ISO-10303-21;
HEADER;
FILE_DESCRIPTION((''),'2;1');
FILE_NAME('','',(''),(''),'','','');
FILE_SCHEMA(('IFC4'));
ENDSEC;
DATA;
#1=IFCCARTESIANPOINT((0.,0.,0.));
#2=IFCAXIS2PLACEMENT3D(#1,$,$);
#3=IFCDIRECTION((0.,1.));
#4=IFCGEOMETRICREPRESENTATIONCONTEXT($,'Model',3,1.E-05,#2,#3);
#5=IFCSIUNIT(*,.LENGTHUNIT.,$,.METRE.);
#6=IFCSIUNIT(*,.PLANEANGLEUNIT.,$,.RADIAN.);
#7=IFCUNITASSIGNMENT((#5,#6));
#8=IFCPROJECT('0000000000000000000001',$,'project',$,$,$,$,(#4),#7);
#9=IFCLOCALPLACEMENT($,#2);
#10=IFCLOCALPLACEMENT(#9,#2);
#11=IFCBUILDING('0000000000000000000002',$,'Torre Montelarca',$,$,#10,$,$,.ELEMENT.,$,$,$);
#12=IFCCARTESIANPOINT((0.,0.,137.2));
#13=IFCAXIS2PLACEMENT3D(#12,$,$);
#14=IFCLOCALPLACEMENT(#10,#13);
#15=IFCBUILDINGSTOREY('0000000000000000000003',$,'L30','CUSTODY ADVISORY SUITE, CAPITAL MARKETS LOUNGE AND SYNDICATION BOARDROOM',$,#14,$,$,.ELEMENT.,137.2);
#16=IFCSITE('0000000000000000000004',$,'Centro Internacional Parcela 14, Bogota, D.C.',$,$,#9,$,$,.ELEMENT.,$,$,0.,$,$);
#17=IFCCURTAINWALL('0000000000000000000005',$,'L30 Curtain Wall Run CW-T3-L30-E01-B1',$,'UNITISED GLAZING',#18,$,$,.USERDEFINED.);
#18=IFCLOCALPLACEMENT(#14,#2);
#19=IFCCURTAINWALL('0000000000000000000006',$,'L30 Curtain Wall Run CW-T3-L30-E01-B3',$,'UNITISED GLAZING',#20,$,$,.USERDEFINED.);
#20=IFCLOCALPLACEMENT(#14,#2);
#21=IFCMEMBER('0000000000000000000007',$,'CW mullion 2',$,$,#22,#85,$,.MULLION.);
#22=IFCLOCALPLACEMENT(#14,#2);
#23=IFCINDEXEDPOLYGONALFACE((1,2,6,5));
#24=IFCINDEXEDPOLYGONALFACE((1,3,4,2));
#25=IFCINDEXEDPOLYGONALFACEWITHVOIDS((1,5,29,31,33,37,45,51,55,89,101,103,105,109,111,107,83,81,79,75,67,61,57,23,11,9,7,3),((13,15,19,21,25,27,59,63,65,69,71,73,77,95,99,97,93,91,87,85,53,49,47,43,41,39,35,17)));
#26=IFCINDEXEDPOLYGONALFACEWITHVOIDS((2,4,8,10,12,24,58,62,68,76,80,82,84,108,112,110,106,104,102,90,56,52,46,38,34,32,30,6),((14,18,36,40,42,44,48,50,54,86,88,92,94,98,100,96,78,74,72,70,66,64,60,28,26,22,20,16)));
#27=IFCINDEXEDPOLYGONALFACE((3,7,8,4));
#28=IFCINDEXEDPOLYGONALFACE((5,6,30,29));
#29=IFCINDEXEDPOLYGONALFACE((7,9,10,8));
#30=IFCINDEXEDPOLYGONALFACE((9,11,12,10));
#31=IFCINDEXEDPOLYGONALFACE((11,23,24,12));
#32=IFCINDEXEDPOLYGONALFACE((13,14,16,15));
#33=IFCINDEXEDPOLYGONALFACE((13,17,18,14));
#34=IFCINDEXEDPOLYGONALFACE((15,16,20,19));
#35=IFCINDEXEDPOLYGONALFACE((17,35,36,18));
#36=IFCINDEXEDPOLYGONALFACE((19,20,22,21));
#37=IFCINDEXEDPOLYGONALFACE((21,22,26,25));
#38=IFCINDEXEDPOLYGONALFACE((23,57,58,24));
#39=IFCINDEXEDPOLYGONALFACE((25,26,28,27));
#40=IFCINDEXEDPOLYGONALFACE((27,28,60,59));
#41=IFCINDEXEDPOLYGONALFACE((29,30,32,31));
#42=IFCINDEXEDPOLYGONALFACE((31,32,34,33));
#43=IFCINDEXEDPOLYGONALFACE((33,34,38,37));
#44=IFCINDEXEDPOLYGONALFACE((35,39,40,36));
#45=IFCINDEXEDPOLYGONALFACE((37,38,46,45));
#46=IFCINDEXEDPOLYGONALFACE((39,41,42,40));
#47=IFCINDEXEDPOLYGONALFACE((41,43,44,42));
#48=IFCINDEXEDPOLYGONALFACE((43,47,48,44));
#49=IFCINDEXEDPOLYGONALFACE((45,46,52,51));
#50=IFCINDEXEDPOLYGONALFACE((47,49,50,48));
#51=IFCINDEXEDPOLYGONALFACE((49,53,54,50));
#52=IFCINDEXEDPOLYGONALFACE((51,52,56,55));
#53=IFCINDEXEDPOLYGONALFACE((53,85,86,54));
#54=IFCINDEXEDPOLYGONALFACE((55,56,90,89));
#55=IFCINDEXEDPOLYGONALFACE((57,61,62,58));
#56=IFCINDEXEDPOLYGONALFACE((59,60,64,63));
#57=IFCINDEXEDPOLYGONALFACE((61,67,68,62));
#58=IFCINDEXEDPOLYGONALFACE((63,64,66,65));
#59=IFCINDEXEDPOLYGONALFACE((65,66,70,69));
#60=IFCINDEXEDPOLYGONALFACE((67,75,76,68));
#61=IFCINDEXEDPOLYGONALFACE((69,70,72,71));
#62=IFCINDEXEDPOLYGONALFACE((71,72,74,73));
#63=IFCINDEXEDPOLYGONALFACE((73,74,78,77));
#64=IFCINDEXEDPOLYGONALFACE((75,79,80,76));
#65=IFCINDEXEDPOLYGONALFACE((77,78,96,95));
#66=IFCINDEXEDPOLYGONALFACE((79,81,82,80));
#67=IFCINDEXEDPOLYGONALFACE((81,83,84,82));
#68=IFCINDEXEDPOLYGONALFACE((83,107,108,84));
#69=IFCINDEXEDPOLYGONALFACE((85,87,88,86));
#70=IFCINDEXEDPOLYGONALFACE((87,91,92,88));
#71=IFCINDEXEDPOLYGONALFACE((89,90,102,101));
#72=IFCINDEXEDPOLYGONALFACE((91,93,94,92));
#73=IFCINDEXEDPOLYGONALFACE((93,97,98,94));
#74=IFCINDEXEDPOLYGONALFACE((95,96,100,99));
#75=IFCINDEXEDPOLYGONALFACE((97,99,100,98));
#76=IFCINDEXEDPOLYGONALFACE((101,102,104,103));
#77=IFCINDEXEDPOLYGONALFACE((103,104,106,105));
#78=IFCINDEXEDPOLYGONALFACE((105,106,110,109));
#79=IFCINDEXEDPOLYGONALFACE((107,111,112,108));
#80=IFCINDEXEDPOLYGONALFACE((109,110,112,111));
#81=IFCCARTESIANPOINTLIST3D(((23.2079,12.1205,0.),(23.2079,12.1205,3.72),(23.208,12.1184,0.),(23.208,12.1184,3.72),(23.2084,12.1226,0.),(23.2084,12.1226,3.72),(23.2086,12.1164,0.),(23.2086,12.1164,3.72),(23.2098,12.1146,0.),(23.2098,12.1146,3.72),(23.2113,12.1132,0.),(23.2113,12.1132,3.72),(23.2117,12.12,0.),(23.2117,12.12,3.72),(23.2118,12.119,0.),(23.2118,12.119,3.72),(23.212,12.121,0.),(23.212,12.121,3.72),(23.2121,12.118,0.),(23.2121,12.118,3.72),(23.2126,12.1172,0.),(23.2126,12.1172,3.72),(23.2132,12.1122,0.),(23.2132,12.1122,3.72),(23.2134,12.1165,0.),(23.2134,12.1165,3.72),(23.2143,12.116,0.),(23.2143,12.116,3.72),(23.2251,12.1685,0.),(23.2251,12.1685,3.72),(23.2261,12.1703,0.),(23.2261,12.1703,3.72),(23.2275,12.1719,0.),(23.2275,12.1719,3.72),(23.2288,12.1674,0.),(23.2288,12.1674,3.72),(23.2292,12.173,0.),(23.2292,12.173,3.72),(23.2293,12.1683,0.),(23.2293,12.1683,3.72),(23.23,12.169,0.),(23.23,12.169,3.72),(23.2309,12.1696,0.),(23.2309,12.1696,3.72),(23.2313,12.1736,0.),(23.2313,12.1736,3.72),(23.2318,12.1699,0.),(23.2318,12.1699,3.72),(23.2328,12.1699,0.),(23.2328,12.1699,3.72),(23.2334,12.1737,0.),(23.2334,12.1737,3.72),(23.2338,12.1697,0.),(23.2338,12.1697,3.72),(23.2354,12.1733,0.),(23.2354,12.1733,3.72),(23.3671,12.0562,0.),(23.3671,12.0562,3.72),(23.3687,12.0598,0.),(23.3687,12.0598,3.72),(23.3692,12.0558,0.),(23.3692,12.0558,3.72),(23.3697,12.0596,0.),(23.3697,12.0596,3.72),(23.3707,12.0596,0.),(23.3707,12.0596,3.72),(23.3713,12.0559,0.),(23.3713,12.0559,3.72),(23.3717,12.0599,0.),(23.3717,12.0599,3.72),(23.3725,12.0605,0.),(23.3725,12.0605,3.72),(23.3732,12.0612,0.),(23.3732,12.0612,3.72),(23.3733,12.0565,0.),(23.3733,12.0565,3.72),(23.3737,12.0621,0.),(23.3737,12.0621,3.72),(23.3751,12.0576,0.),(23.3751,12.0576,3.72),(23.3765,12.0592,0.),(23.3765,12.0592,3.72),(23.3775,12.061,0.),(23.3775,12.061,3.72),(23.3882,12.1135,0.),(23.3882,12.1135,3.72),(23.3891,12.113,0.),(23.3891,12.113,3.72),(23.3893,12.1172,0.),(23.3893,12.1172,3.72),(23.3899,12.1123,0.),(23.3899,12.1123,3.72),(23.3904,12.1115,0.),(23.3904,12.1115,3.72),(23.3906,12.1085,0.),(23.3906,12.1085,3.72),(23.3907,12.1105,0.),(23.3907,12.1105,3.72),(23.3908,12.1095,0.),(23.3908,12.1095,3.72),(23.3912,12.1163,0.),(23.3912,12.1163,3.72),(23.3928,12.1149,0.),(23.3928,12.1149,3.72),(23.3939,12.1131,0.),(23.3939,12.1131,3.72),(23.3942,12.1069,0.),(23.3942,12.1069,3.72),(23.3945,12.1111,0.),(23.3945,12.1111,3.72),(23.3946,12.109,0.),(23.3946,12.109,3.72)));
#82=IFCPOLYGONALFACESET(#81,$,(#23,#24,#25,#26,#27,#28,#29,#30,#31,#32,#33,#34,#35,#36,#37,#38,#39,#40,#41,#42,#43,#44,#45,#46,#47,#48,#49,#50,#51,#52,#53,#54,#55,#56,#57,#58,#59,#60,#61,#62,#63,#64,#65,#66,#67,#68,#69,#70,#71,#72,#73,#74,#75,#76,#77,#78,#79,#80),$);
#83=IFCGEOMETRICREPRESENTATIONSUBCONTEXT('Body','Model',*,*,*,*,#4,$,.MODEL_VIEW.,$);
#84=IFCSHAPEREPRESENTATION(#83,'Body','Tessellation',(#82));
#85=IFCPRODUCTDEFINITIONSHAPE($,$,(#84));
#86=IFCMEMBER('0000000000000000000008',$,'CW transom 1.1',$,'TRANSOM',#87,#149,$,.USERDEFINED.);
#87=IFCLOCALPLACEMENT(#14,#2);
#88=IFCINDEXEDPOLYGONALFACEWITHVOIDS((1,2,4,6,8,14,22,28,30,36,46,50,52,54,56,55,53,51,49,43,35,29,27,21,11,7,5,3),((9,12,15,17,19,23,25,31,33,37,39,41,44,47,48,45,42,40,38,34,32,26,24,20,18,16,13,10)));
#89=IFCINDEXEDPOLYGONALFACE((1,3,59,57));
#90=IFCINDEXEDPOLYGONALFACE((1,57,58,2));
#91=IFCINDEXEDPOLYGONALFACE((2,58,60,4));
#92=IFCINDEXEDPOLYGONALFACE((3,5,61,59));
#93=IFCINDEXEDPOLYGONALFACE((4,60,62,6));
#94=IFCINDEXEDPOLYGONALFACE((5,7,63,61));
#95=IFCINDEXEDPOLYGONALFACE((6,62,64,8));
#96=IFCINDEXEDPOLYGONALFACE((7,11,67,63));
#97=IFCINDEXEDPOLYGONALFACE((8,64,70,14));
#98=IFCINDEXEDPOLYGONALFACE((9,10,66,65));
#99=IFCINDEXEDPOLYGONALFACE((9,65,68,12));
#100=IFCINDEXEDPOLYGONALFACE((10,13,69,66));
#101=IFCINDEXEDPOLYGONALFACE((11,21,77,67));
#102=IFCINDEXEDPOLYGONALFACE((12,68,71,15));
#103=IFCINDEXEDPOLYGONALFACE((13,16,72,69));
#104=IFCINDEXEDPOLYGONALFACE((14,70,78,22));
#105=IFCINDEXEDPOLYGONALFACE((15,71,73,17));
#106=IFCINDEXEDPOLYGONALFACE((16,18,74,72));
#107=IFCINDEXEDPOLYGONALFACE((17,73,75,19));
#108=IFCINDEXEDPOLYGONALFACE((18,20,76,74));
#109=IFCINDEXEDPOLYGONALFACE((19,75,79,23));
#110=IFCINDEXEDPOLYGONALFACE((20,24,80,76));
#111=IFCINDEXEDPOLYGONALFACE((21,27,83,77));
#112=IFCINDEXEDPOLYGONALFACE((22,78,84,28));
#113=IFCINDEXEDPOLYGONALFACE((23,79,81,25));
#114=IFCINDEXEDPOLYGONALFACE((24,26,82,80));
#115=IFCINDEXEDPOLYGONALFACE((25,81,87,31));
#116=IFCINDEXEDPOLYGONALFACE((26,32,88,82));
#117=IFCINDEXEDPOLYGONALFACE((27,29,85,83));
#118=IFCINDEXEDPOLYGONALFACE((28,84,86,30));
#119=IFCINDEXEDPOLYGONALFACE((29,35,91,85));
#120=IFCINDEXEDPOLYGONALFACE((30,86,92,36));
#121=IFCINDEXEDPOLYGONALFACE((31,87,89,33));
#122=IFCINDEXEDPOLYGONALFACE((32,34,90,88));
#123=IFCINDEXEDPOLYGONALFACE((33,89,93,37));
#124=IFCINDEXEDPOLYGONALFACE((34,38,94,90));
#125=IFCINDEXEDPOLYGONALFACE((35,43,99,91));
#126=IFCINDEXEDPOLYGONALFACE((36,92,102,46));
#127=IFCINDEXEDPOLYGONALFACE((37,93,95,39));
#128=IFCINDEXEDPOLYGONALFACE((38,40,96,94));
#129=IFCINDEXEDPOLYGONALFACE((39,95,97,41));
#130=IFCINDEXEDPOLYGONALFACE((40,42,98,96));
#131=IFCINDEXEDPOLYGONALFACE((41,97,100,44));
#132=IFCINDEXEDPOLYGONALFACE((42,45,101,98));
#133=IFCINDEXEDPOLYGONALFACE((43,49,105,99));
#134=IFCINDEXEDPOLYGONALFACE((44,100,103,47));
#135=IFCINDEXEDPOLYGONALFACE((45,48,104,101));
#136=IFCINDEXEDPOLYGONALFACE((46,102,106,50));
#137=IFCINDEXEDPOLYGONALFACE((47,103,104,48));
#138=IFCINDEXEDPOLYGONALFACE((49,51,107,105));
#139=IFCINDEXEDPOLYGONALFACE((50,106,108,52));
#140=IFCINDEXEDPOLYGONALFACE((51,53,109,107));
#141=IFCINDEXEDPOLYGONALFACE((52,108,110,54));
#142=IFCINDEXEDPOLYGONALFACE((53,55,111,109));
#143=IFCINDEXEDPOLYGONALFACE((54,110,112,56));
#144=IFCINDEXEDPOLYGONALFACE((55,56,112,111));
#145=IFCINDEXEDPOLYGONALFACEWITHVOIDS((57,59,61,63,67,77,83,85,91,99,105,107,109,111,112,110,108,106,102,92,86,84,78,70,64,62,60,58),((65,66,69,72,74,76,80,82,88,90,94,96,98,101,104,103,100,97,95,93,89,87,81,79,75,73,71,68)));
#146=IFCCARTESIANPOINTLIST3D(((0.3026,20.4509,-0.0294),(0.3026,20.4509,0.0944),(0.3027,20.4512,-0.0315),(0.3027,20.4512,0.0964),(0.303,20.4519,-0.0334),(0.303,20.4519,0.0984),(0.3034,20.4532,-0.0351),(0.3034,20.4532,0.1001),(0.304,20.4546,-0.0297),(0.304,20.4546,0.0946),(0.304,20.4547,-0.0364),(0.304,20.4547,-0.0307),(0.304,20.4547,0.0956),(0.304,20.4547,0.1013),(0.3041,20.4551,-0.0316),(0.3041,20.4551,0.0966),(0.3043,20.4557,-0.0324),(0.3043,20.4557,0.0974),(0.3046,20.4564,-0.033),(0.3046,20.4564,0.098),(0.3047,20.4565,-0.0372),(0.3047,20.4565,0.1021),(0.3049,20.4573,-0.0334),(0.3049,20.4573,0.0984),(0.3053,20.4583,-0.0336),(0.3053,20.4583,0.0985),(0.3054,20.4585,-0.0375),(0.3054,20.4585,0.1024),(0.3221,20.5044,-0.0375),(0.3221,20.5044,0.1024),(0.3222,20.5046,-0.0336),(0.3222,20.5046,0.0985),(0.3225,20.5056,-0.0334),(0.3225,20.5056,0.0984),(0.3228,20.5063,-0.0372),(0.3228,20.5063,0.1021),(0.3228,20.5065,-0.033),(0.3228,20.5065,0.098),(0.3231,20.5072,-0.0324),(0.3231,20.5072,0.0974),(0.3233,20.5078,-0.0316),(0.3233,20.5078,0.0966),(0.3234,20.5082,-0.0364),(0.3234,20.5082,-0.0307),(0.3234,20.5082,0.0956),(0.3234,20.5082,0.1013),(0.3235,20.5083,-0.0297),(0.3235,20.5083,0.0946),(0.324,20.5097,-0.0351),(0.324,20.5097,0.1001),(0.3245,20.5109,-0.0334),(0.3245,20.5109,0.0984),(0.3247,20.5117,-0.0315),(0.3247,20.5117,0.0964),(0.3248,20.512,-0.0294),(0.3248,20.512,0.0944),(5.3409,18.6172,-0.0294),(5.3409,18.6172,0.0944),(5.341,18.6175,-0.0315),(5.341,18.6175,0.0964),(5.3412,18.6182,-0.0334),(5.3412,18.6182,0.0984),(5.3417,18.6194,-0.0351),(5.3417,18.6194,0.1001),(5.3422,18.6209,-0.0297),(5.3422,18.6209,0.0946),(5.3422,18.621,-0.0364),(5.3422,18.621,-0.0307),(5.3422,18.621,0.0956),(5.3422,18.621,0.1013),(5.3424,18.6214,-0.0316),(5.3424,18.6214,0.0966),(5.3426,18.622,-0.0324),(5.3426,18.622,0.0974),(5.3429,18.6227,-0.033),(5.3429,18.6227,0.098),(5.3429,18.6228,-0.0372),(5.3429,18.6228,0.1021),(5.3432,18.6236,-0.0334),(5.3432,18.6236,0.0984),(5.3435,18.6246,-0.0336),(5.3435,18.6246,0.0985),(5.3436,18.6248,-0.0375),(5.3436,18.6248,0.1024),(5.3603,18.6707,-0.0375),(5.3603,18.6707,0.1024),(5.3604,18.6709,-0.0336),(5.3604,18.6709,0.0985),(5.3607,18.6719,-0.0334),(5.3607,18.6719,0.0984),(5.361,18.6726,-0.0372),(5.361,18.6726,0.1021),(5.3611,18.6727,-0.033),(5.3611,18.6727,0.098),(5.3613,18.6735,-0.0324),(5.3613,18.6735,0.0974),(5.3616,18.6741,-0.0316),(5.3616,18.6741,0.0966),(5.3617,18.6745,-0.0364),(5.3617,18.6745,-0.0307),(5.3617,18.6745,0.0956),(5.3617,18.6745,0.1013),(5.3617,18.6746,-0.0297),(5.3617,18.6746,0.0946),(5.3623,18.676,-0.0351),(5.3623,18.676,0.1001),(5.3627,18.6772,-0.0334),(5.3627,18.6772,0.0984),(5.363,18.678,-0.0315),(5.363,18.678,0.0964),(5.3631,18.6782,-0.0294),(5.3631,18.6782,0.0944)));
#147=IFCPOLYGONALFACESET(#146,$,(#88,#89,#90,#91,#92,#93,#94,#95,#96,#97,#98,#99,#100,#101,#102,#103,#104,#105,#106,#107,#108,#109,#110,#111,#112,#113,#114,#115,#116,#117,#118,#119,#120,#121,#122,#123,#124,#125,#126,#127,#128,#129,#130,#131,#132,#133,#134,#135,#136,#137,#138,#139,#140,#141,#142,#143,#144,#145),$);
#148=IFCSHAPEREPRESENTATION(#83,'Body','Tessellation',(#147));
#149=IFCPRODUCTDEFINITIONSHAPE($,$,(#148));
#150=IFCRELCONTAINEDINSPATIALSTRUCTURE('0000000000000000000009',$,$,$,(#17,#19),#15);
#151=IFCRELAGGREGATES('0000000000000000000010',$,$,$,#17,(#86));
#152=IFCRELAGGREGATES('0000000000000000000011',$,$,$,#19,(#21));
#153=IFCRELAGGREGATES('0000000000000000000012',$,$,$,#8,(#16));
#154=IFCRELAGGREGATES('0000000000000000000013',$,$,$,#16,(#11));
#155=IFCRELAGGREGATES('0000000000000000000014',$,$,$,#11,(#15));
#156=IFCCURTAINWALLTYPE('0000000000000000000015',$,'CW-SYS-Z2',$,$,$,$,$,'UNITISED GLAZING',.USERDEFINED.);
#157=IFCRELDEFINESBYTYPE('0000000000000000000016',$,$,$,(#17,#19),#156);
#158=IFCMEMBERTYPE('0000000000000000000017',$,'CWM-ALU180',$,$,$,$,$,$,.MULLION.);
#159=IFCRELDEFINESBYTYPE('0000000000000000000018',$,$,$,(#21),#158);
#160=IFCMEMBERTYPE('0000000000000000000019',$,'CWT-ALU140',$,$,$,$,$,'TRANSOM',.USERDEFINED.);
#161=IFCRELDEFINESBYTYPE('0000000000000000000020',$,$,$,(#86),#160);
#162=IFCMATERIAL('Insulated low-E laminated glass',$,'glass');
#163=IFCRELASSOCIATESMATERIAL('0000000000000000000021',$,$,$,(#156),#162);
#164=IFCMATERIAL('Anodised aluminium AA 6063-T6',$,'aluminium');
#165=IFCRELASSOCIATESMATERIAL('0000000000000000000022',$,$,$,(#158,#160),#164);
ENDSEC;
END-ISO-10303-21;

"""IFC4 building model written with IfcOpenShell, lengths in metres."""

from ifc_helpers import new_model, si_unit, direction, frame, origin, origin_2d, place, context, subcontext, project, spatial, hollow_rectangle, extrude, source, transform, mapped, material, material_profile, profile_set, type_object, element, aggregate, save


model = new_model("IFC4")

# Units and contexts
model_context = context("Model", 3, precision=1e-05, world=origin(), true_north=direction((0.0, 1.0)))
body_context = subcontext(model_context, "Body", "Model", "MODEL_VIEW")
ifc_project = project(units=[si_unit("LENGTHUNIT", "METRE"), si_unit("PLANEANGLEUNIT", "RADIAN")], contexts=[model_context])

# Site, building, storey
site_placement = place(None, origin())
site = spatial("IfcSite", under=ifc_project, at=site_placement, Name="Centro Internacional Parcela 14, Bogota, D.C.", CompositionType="ELEMENT", RefElevation=0.0)
building_placement = place(site_placement, origin())
building = spatial("IfcBuilding", under=site, at=building_placement, Name="Torre Montelarca", CompositionType="ELEMENT")
storey_placement = place(building_placement, frame((0.0, 0.0, 137.2)))
storey = spatial("IfcBuildingStorey", under=building, at=storey_placement, Name="L30", Description="CUSTODY ADVISORY SUITE, CAPITAL MARKETS LOUNGE AND SYNDICATION BOARDROOM", CompositionType="ELEMENT", Elevation=137.2)

# Curtain walls, member
ifc_material_1 = material(Name="Insulated low-E laminated glass", Category="glass")
curtain_wall_type = type_object("IfcCurtainWallType", Name="CW-SYS-Z2", ElementType="UNITISED GLAZING", PredefinedType="USERDEFINED", material=ifc_material_1)
curtain_wall_1_placement = place(storey_placement, origin())
curtain_wall_1 = element("IfcCurtainWall", 1, at=curtain_wall_1_placement, inside=storey, type_object=curtain_wall_type, Name="L30 Curtain Wall Run CW-T3-L30-E01-B1", ObjectType="UNITISED GLAZING", PredefinedType="USERDEFINED")
ifc_material_2 = material(Name="Anodised aluminium AA 6063-T6", Category="aluminium")
ifc_material_profile_1 = material_profile(ifc_material_2, hollow_rectangle(XDim=0.0649, YDim=0.1799, WallThickness=0.0039, InnerFilletRadius=0.0039, OuterFilletRadius=0.0081, at=origin_2d()), Name="ALU65X180X4", Category="aluminium")
ifc_profile_set_1 = profile_set([ifc_material_profile_1], Name="Anodised aluminium AA 6063-T6")
member_type_1 = type_object("IfcMemberType", Name="CWM-ALU180", PredefinedType="MULLION", material=ifc_profile_set_1)
shared_shape_1 = source(origin(), body_context, "Body", "SweptSolid", [
    extrude(hollow_rectangle(XDim=0.0649, YDim=0.1799, WallThickness=0.0039, InnerFilletRadius=0.0039, OuterFilletRadius=0.0081, at=origin_2d()), origin(), (0.0, 0.0, 1.0), 3.72),
])
curtain_wall_2_placement = place(storey_placement, origin())
curtain_wall_2 = element("IfcCurtainWall", 2, at=curtain_wall_2_placement, inside=storey, type_object=curtain_wall_type, Name="L30 Curtain Wall Run CW-T3-L30-E01-B3", ObjectType="UNITISED GLAZING", PredefinedType="USERDEFINED")
member_1_placement = place(storey_placement, frame((23.3013, 12.1147, 0.0), z_axis=(0.0, 0.0, 1.0), x_axis=(0.342021, 0.939692, 0.0)))
member_1 = element("IfcMember", 3, at=member_1_placement, type_object=member_type_1, Name="CW mullion 2", PredefinedType="MULLION", context=body_context, shape_type="MappedRepresentation", body=[
    mapped(shared_shape_1, transform((0.0, 0.0, 0.0), scale=1.0)),
])

# Member
ifc_material_profile_2 = material_profile(ifc_material_2, hollow_rectangle(XDim=0.0649, YDim=0.1399, WallThickness=0.0039, InnerFilletRadius=0.0039, OuterFilletRadius=0.0081, at=origin_2d()), Name="ALU65X140X4", Category="aluminium")
ifc_profile_set_2 = profile_set([ifc_material_profile_2], Name="Anodised aluminium AA 6063-T6")
member_type_2 = type_object("IfcMemberType", Name="CWT-ALU140", ElementType="TRANSOM", PredefinedType="USERDEFINED", material=ifc_profile_set_2)
shared_shape_2 = source(origin(), body_context, "Body", "SweptSolid", [
    extrude(hollow_rectangle(XDim=0.0649, YDim=0.1399, WallThickness=0.0039, InnerFilletRadius=0.0039, OuterFilletRadius=0.0081, at=origin_2d()), origin(), (0.0, 0.0, 1.0), 5.3616),
])
member_2_placement = place(storey_placement, frame((0.3137, 20.4814, 0.0325), z_axis=(0.939696, -0.34201, 0.0), x_axis=(0.34201, 0.939696, 0.0)))
member_2 = element("IfcMember", 4, at=member_2_placement, type_object=member_type_2, Name="CW transom 1.1", ObjectType="TRANSOM", PredefinedType="USERDEFINED", context=body_context, shape_type="MappedRepresentation", body=[
    mapped(shared_shape_2, transform((0.0, 0.0, 0.0), scale=1.0)),
])

aggregate(curtain_wall_1, [member_2])
aggregate(curtain_wall_2, [member_1])

save(model, "model.ifc")
